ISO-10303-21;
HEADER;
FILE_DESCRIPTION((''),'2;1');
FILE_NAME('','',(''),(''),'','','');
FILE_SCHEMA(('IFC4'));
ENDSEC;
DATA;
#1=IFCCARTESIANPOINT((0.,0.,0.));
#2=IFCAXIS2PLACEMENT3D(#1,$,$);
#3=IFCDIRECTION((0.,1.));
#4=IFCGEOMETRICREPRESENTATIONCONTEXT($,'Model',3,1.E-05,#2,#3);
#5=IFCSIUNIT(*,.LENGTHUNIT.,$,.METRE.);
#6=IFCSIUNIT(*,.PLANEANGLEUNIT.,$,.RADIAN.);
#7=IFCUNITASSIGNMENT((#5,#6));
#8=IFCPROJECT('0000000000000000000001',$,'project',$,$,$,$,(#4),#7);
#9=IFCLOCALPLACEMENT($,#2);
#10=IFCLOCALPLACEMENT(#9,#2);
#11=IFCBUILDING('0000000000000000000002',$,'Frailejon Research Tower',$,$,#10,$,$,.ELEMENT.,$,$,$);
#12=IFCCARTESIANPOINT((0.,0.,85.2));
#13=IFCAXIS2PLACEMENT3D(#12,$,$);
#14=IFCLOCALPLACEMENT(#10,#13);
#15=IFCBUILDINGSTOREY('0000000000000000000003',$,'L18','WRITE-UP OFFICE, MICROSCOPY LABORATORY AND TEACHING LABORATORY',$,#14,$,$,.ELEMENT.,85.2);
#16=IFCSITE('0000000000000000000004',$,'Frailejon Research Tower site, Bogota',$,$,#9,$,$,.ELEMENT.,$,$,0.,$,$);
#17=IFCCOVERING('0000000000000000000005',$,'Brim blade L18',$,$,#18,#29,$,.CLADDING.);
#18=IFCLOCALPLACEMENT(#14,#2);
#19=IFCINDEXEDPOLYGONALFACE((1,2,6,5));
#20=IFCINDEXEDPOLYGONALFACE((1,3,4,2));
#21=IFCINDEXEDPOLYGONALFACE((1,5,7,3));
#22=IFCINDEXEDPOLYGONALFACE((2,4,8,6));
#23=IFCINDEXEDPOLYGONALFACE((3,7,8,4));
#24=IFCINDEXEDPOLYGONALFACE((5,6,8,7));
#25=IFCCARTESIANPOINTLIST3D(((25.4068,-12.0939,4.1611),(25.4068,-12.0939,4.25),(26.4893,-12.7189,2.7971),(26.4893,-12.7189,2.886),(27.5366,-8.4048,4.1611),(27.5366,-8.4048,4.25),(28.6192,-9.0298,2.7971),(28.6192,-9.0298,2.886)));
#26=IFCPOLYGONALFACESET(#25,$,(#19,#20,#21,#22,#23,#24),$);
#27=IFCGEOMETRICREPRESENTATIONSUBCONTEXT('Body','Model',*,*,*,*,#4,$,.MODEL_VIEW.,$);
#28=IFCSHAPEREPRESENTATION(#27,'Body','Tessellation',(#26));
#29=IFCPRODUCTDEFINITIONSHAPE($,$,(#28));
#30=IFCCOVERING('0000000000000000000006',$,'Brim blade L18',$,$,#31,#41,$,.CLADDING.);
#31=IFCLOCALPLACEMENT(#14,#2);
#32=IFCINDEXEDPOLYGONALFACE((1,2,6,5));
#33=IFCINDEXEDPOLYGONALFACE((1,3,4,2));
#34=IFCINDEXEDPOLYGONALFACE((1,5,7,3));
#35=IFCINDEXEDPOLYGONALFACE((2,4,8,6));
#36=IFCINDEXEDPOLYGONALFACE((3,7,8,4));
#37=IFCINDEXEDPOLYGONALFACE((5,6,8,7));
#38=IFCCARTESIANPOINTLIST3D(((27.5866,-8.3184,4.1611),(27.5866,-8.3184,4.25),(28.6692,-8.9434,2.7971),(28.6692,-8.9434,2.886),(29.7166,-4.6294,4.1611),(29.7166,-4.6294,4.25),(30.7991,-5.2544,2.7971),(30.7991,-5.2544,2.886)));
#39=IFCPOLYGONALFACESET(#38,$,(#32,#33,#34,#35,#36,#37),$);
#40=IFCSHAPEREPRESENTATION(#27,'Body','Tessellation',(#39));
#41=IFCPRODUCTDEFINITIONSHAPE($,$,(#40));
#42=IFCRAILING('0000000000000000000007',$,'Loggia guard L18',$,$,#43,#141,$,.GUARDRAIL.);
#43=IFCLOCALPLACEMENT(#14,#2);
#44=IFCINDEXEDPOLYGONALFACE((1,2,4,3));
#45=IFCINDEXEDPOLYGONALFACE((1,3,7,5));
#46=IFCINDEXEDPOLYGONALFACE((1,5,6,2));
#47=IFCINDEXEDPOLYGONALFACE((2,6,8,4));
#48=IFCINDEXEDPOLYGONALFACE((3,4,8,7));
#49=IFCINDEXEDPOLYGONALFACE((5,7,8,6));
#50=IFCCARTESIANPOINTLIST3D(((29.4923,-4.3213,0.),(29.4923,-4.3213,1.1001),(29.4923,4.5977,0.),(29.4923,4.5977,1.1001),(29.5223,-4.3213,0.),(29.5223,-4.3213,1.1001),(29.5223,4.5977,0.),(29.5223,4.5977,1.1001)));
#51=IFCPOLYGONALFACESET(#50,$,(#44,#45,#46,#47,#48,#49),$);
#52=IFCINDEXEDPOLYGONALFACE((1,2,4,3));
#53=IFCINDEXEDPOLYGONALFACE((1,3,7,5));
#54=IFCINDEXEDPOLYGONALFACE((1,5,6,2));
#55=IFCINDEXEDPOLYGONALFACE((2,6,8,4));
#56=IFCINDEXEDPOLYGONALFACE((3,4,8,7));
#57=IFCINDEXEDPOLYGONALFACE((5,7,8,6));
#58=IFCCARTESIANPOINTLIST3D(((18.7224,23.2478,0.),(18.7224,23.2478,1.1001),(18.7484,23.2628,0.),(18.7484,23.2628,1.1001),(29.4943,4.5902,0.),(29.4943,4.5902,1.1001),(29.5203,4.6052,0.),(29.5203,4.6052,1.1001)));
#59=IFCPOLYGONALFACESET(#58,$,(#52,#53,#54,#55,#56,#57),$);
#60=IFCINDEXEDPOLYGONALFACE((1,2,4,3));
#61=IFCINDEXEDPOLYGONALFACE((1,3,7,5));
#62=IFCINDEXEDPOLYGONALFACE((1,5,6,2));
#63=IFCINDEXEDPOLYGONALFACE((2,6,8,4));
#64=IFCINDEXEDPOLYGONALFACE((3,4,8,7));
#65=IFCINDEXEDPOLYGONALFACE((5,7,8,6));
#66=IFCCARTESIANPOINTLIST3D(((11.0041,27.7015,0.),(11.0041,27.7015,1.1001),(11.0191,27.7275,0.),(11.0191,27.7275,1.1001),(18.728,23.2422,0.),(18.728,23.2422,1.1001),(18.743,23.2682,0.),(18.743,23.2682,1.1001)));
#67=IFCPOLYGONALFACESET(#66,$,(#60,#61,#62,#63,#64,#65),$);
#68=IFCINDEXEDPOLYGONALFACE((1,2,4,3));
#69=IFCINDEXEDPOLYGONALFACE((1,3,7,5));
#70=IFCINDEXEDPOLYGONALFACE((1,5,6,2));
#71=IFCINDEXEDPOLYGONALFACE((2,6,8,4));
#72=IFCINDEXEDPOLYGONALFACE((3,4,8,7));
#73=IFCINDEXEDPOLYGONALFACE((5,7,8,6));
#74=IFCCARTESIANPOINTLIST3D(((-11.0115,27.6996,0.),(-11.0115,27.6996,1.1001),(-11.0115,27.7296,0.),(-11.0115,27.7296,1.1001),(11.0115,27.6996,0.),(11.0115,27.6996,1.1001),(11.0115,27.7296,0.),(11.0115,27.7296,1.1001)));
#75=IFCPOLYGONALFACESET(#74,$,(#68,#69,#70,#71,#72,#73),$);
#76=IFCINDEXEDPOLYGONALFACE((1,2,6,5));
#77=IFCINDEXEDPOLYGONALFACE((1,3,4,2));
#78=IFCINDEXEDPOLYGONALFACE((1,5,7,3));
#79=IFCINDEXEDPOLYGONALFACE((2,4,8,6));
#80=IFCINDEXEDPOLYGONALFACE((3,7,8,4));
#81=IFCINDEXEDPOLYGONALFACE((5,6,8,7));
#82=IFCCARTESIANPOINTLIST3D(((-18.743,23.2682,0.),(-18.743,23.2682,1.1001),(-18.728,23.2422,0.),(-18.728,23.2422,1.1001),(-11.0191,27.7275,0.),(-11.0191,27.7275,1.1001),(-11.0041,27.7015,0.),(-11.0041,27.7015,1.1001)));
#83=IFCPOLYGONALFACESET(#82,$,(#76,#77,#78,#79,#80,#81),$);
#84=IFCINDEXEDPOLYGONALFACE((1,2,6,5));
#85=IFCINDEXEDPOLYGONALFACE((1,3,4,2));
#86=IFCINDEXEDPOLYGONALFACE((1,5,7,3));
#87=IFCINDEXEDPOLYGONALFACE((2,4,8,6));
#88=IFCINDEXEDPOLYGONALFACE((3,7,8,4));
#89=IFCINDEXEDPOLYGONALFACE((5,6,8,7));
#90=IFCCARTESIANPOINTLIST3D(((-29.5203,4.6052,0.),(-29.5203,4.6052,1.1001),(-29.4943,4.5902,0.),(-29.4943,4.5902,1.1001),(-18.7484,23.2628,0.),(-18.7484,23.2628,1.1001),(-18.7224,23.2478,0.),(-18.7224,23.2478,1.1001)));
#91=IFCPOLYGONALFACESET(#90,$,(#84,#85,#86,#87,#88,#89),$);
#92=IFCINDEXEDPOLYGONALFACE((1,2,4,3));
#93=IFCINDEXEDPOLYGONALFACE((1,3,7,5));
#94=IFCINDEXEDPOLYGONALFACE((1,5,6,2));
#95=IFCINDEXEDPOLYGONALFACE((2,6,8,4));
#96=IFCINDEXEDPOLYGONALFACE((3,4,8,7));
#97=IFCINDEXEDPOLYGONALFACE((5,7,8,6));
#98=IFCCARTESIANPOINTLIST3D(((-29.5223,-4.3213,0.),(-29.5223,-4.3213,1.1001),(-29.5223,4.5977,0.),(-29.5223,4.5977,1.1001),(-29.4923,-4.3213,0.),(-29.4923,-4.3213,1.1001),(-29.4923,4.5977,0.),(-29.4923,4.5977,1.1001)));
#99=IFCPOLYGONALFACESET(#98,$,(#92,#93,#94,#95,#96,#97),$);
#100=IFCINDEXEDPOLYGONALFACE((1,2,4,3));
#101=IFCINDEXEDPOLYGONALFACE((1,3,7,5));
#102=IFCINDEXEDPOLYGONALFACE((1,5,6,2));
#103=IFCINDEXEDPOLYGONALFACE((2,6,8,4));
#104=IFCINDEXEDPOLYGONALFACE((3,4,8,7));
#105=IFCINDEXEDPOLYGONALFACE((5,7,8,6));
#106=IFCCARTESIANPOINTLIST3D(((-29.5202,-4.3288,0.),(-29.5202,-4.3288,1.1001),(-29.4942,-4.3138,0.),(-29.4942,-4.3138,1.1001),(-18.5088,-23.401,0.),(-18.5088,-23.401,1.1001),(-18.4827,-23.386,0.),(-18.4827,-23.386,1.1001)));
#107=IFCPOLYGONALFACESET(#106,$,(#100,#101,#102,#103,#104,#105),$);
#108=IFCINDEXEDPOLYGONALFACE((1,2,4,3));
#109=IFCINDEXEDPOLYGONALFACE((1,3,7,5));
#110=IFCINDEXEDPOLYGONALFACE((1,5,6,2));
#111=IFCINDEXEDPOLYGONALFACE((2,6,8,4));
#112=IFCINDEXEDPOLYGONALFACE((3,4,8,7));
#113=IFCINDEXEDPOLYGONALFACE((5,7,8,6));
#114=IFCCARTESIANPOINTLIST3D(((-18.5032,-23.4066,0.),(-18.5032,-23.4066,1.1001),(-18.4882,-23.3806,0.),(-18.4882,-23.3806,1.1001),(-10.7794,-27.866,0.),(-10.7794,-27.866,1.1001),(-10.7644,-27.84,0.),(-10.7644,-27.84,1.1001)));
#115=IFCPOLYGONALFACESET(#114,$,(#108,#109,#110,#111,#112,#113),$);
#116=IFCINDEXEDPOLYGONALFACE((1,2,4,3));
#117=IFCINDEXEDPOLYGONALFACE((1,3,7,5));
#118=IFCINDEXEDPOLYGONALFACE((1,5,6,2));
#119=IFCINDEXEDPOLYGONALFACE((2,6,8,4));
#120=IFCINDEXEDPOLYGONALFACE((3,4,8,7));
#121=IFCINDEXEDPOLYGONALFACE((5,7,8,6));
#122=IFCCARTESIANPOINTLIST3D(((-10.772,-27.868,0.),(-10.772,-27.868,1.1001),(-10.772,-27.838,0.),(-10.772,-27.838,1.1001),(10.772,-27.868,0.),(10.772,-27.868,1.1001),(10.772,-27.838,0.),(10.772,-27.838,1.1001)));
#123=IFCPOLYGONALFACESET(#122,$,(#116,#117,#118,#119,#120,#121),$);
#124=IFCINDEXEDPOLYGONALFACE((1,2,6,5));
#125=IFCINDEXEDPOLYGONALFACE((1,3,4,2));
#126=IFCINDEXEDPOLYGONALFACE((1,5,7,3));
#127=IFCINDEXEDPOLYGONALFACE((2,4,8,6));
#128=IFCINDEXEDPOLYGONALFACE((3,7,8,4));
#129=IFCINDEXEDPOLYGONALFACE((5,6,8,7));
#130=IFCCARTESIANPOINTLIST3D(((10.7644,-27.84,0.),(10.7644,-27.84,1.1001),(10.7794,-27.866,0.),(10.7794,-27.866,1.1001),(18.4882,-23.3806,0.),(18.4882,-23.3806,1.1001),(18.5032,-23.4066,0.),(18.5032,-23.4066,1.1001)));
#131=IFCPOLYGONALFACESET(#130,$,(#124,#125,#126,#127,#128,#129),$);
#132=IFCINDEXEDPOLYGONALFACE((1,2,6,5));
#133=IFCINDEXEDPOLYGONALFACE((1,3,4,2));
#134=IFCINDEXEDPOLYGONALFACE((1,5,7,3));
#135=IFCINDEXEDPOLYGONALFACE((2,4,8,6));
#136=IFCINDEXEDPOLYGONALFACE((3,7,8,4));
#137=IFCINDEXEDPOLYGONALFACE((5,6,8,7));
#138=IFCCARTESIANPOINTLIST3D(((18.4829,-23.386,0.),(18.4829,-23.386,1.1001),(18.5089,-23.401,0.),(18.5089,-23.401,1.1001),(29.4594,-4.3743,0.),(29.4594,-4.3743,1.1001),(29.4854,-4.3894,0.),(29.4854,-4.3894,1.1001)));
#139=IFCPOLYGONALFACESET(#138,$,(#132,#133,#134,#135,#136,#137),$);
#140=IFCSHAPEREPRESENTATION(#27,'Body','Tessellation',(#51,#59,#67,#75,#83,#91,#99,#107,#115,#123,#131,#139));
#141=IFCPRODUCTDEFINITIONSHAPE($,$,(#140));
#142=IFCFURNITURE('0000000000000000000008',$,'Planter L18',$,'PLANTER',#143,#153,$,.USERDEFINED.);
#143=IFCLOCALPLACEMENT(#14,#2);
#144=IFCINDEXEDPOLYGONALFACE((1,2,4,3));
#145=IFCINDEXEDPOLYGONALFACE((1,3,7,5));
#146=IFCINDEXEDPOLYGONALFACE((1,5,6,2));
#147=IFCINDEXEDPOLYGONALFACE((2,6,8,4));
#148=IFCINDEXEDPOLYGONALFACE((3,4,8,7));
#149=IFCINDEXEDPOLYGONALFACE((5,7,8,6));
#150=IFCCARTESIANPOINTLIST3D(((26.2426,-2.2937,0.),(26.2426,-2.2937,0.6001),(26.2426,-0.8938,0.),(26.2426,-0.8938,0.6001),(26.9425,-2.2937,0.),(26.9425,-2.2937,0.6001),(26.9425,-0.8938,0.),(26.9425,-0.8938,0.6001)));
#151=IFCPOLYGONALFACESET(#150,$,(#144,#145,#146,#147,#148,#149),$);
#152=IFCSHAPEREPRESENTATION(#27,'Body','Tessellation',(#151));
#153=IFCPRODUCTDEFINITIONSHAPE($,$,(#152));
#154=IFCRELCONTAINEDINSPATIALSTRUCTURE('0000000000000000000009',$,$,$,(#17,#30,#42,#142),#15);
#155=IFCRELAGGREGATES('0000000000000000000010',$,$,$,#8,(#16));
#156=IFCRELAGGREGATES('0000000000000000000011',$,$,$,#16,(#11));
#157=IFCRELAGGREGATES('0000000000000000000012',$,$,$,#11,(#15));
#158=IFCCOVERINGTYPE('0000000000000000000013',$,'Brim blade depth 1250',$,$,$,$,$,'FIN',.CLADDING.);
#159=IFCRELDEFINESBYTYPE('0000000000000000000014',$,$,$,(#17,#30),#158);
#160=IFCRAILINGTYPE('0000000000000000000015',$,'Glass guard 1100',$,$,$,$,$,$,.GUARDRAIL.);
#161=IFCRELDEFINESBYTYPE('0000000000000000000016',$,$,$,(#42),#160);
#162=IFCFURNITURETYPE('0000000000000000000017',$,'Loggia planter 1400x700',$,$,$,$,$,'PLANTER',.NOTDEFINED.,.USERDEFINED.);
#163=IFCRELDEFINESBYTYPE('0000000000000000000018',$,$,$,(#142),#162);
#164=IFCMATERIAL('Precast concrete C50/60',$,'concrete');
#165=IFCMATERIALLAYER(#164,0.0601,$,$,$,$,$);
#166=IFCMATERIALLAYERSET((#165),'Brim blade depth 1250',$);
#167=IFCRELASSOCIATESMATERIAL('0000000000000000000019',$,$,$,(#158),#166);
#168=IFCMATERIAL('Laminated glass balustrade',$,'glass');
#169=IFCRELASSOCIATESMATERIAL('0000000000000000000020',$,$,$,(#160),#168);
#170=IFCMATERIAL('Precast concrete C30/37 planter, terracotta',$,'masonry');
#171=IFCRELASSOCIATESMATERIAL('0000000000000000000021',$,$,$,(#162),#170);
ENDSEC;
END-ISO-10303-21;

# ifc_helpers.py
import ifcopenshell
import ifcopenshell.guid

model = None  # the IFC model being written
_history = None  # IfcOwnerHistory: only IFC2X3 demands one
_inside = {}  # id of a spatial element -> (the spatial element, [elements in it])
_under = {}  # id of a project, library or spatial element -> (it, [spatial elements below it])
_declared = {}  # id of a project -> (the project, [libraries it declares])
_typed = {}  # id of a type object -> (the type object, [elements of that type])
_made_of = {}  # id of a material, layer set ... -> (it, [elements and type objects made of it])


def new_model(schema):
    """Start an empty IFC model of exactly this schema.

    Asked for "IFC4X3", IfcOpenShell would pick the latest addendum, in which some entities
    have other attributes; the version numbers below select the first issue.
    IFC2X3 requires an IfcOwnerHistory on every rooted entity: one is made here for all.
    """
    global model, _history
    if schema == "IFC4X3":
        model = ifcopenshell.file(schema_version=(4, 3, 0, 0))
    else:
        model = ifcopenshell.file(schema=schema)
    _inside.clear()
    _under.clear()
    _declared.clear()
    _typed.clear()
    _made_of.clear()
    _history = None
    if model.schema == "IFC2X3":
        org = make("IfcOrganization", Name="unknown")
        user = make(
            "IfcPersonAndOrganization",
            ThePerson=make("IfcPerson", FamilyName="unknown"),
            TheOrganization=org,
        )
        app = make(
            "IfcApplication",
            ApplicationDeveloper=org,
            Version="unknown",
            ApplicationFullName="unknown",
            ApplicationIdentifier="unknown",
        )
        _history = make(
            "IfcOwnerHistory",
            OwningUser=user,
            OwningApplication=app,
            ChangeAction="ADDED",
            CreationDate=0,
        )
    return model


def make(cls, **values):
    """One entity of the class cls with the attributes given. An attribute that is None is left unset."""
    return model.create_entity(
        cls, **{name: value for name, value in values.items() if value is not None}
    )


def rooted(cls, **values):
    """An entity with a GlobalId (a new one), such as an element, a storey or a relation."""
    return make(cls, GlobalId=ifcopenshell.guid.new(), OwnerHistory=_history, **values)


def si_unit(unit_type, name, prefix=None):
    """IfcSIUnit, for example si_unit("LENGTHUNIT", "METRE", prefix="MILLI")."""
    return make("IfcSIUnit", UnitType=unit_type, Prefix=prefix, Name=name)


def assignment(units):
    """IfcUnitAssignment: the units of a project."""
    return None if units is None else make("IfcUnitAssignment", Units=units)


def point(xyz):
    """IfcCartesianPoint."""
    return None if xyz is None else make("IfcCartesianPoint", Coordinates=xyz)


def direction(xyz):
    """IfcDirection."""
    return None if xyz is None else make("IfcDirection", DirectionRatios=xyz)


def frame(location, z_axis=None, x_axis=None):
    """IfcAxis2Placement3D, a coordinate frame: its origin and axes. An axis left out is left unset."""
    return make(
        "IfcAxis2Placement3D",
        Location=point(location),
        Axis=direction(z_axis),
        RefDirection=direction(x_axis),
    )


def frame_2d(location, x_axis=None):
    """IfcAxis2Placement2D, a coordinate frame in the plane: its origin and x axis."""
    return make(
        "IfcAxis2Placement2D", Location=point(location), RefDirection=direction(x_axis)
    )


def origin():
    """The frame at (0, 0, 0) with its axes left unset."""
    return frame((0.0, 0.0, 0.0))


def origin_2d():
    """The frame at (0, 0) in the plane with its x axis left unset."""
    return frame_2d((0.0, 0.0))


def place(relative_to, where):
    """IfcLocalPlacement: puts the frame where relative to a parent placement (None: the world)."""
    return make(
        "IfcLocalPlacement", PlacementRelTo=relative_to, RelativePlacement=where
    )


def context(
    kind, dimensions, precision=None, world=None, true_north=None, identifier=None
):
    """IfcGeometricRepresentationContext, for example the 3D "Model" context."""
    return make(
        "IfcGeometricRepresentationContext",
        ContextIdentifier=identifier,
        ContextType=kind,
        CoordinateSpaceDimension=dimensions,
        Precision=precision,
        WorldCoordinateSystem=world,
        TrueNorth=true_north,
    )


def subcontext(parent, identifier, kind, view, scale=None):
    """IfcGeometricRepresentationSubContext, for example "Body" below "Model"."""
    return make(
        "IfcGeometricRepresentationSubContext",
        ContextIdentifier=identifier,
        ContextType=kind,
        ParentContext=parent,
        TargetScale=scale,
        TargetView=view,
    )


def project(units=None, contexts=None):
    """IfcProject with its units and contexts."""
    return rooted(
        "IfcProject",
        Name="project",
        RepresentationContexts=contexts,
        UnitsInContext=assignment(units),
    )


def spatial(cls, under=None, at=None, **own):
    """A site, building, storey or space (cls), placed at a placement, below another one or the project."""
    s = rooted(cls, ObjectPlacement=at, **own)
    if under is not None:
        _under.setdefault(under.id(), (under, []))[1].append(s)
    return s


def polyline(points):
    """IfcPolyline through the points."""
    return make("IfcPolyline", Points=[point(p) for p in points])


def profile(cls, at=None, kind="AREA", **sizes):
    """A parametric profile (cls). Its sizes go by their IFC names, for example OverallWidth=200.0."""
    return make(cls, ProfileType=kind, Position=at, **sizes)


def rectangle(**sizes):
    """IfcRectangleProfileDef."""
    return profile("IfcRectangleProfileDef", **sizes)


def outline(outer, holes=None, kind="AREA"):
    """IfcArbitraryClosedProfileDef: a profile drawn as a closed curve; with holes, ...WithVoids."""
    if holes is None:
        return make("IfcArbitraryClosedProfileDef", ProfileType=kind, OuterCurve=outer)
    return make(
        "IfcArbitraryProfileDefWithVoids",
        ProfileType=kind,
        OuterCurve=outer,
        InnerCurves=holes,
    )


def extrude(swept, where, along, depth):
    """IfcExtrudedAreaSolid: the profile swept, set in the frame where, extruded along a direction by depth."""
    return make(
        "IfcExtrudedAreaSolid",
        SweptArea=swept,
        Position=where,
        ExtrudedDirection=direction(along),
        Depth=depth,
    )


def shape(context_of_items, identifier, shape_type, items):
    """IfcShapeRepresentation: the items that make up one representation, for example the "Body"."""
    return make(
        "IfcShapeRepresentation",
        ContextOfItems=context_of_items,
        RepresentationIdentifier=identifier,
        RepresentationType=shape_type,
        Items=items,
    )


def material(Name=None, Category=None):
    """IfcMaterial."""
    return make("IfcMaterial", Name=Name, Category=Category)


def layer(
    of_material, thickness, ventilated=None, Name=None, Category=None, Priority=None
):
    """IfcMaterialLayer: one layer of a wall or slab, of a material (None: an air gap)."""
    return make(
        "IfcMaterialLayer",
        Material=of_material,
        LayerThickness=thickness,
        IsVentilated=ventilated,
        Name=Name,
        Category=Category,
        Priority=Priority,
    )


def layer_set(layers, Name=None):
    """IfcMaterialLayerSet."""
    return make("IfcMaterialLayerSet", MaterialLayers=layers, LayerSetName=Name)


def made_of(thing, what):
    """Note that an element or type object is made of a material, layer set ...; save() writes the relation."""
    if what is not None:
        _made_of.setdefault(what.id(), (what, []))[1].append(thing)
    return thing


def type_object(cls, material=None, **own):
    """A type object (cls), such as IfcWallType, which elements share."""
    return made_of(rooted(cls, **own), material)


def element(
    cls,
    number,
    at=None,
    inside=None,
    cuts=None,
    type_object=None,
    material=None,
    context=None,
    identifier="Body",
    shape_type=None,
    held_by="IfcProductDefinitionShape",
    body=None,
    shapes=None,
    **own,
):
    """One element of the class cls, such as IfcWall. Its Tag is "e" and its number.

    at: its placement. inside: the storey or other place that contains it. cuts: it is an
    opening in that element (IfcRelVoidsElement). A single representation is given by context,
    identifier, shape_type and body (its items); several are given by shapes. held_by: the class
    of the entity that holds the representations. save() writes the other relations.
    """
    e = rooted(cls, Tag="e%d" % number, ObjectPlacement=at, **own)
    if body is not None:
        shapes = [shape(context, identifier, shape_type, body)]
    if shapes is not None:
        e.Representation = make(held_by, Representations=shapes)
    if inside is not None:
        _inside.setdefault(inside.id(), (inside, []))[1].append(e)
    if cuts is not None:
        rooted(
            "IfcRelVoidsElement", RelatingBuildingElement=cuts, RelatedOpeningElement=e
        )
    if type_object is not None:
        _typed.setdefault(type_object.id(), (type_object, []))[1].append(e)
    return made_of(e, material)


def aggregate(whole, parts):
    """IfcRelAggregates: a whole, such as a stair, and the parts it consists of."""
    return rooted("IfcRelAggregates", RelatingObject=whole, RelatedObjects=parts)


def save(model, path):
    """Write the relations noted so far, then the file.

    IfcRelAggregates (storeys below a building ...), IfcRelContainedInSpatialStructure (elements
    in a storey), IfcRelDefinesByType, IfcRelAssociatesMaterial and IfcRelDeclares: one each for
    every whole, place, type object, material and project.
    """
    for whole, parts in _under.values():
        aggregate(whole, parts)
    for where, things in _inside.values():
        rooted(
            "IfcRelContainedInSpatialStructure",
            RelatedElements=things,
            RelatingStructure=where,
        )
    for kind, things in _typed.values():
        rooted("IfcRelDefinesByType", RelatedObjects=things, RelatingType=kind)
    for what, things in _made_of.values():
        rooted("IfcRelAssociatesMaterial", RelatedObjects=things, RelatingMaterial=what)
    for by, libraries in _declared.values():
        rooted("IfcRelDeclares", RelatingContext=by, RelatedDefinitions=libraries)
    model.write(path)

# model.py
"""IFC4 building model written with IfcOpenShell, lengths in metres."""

from ifc_helpers import new_model, si_unit, direction, frame, origin, origin_2d, place, context, subcontext, project, spatial, polyline, rectangle, outline, extrude, material, layer, layer_set, type_object, element, save


model = new_model("IFC4")

# Units and contexts
model_context = context("Model", 3, precision=1e-05, world=origin(), true_north=direction((0.0, 1.0)))
body_context = subcontext(model_context, "Body", "Model", "MODEL_VIEW")
ifc_project = project(units=[si_unit("LENGTHUNIT", "METRE"), si_unit("PLANEANGLEUNIT", "RADIAN")], contexts=[model_context])

# Site, building, storey
site_placement = place(None, origin())
site = spatial("IfcSite", under=ifc_project, at=site_placement, Name="Frailejon Research Tower site, Bogota", CompositionType="ELEMENT", RefElevation=0.0)
building_placement = place(site_placement, origin())
building = spatial("IfcBuilding", under=site, at=building_placement, Name="Frailejon Research Tower", CompositionType="ELEMENT")
storey_placement = place(building_placement, frame((0.0, 0.0, 85.2)))
storey = spatial("IfcBuildingStorey", under=building, at=storey_placement, Name="L18", Description="WRITE-UP OFFICE, MICROSCOPY LABORATORY AND TEACHING LABORATORY", CompositionType="ELEMENT", Elevation=85.2)

# Coverings
ifc_material_1 = material(Name="Precast concrete C50/60", Category="concrete")
ifc_layer_1 = layer(ifc_material_1, 0.0601)
ifc_layer_set_1 = layer_set([ifc_layer_1], Name="Brim blade depth 1250")
covering_type_1 = type_object("IfcCoveringType", Name="Brim blade depth 1250", ElementType="FIN", PredefinedType="CLADDING", material=ifc_layer_set_1)
for number, where, z_axis, x_axis, name in (
    (1, (27.5366, -8.4048, 4.25), (-0.499992, -0.86603, 0.0), (0.86603, -0.499992, 0.0), "Brim blade L18"),
    (2, (29.7166, -4.6294, 4.25), (-0.50001, -0.86602, 0.0), (0.86602, -0.50001, 0.0), "Brim blade L18"),
):
    element("IfcCovering", number, at=place(storey_placement, frame(where, z_axis=z_axis, x_axis=x_axis)), inside=storey, type_object=covering_type_1, Name=name, PredefinedType="CLADDING", context=body_context, shape_type="SweptSolid", body=[
        extrude(outline(polyline([(0.0, -0.0889), (1.25, -1.4529), (1.25, -1.364), (0.0, 0.0), (0.0, -0.0889)])), origin(), (0.0, 0.0, 1.0), 4.2598),
    ])

# Railing
ifc_material_2 = material(Name="Laminated glass balustrade", Category="glass")
railing_type = type_object("IfcRailingType", Name="Glass guard 1100", PredefinedType="GUARDRAIL", material=ifc_material_2)
railing_placement = place(storey_placement, frame((29.5073, -4.3213, 0.0)))
element("IfcRailing", 3, at=railing_placement, inside=storey, type_object=railing_type, Name="Loggia guard L18", PredefinedType="GUARDRAIL", context=body_context, shape_type="SweptSolid", body=[
    extrude(rectangle(XDim=8.9189, YDim=0.03, at=origin_2d()), frame((0.0, 4.4595, 0.0), z_axis=(0.0, 0.0, 1.0), x_axis=(0.0, 1.0, 0.0)), (0.0, 0.0, 1.0), 1.1001),
    extrude(rectangle(XDim=21.5439, YDim=0.03, at=origin_2d()), frame((-5.386, 18.2478, 0.0), z_axis=(0.0, 0.0, 1.0), x_axis=(-0.499998, 0.866027, 0.0)), (0.0, 0.0, 1.0), 1.1001),
    extrude(rectangle(XDim=8.9187, YDim=0.03, at=origin_2d()), frame((-14.6338, 29.8062, 0.0), z_axis=(0.0, 0.0, 1.0), x_axis=(-0.866033, 0.499987, 0.0)), (0.0, 0.0, 1.0), 1.1001),
    extrude(rectangle(XDim=22.0229, YDim=0.03, at=origin_2d()), frame((-29.5073, 32.0359, 0.0), z_axis=(0.0, 0.0, 1.0), x_axis=(-1.0, 0.0, 0.0)), (0.0, 0.0, 1.0), 1.1001),
    extrude(rectangle(XDim=8.9187, YDim=0.03, at=origin_2d()), frame((-44.3809, 29.8062, 0.0), z_axis=(0.0, 0.0, 1.0), x_axis=(-0.866033, -0.499987, 0.0)), (0.0, 0.0, 1.0), 1.1001),
    extrude(rectangle(XDim=21.5439, YDim=0.03, at=origin_2d()), frame((-53.6287, 18.2478, 0.0), z_axis=(0.0, 0.0, 1.0), x_axis=(-0.499998, -0.866027, 0.0)), (0.0, 0.0, 1.0), 1.1001),
    extrude(rectangle(XDim=8.9189, YDim=0.03, at=origin_2d()), frame((-59.0146, 4.4595, 0.0), z_axis=(0.0, 0.0, 1.0), x_axis=(0.0, -1.0, 0.0)), (0.0, 0.0, 1.0), 1.1001),
    extrude(rectangle(XDim=22.0227, YDim=0.03, at=origin_2d()), frame((-53.5088, -9.5361, 0.0), z_axis=(0.0, 0.0, 1.0), x_axis=(0.500003, -0.866023, 0.0)), (0.0, 0.0, 1.0), 1.1001),
    extrude(rectangle(XDim=8.9187, YDim=0.03, at=origin_2d()), frame((-44.1411, -21.302, 0.0), z_axis=(0.0, 0.0, 1.0), x_axis=(0.866021, -0.500008, 0.0)), (0.0, 0.0, 1.0), 1.1001),
    extrude(rectangle(XDim=21.5439, YDim=0.03, at=origin_2d()), frame((-29.5073, -23.5317, 0.0), z_axis=(0.0, 0.0, 1.0), x_axis=(1.0, 0.0, 0.0)), (0.0, 0.0, 1.0), 1.1001),
    extrude(rectangle(XDim=8.9187, YDim=0.03, at=origin_2d()), frame((-14.8735, -21.302, 0.0), z_axis=(0.0, 0.0, 1.0), x_axis=(0.866021, 0.500008, 0.0)), (0.0, 0.0, 1.0), 1.1001),
    extrude(rectangle(XDim=21.9529, YDim=0.03, at=origin_2d()), frame((-5.5232, -9.5664, 0.0), z_axis=(0.0, 0.0, 1.0), x_axis=(0.500005, 0.866023, 0.0)), (0.0, 0.0, 1.0), 1.1001),
])

# Furniture
ifc_material_3 = material(Name="Precast concrete C30/37 planter, terracotta", Category="masonry")
furniture_type = type_object("IfcFurnitureType", Name="Loggia planter 1400x700", ElementType="PLANTER", AssemblyPlace="NOTDEFINED", PredefinedType="USERDEFINED", material=ifc_material_3)
furniture_placement = place(storey_placement, frame((26.5925, -1.5938, 0.0), z_axis=(0.0, 0.0, 1.0), x_axis=(0.0, 1.0, 0.0)))
element("IfcFurniture", 4, at=furniture_placement, inside=storey, type_object=furniture_type, Name="Planter L18", ObjectType="PLANTER", PredefinedType="USERDEFINED", context=body_context, shape_type="SweptSolid", body=[
    extrude(rectangle(XDim=1.3999, YDim=0.7, at=origin_2d()), origin(), (0.0, 0.0, 1.0), 0.6001),
])

save(model, "model.ifc")
